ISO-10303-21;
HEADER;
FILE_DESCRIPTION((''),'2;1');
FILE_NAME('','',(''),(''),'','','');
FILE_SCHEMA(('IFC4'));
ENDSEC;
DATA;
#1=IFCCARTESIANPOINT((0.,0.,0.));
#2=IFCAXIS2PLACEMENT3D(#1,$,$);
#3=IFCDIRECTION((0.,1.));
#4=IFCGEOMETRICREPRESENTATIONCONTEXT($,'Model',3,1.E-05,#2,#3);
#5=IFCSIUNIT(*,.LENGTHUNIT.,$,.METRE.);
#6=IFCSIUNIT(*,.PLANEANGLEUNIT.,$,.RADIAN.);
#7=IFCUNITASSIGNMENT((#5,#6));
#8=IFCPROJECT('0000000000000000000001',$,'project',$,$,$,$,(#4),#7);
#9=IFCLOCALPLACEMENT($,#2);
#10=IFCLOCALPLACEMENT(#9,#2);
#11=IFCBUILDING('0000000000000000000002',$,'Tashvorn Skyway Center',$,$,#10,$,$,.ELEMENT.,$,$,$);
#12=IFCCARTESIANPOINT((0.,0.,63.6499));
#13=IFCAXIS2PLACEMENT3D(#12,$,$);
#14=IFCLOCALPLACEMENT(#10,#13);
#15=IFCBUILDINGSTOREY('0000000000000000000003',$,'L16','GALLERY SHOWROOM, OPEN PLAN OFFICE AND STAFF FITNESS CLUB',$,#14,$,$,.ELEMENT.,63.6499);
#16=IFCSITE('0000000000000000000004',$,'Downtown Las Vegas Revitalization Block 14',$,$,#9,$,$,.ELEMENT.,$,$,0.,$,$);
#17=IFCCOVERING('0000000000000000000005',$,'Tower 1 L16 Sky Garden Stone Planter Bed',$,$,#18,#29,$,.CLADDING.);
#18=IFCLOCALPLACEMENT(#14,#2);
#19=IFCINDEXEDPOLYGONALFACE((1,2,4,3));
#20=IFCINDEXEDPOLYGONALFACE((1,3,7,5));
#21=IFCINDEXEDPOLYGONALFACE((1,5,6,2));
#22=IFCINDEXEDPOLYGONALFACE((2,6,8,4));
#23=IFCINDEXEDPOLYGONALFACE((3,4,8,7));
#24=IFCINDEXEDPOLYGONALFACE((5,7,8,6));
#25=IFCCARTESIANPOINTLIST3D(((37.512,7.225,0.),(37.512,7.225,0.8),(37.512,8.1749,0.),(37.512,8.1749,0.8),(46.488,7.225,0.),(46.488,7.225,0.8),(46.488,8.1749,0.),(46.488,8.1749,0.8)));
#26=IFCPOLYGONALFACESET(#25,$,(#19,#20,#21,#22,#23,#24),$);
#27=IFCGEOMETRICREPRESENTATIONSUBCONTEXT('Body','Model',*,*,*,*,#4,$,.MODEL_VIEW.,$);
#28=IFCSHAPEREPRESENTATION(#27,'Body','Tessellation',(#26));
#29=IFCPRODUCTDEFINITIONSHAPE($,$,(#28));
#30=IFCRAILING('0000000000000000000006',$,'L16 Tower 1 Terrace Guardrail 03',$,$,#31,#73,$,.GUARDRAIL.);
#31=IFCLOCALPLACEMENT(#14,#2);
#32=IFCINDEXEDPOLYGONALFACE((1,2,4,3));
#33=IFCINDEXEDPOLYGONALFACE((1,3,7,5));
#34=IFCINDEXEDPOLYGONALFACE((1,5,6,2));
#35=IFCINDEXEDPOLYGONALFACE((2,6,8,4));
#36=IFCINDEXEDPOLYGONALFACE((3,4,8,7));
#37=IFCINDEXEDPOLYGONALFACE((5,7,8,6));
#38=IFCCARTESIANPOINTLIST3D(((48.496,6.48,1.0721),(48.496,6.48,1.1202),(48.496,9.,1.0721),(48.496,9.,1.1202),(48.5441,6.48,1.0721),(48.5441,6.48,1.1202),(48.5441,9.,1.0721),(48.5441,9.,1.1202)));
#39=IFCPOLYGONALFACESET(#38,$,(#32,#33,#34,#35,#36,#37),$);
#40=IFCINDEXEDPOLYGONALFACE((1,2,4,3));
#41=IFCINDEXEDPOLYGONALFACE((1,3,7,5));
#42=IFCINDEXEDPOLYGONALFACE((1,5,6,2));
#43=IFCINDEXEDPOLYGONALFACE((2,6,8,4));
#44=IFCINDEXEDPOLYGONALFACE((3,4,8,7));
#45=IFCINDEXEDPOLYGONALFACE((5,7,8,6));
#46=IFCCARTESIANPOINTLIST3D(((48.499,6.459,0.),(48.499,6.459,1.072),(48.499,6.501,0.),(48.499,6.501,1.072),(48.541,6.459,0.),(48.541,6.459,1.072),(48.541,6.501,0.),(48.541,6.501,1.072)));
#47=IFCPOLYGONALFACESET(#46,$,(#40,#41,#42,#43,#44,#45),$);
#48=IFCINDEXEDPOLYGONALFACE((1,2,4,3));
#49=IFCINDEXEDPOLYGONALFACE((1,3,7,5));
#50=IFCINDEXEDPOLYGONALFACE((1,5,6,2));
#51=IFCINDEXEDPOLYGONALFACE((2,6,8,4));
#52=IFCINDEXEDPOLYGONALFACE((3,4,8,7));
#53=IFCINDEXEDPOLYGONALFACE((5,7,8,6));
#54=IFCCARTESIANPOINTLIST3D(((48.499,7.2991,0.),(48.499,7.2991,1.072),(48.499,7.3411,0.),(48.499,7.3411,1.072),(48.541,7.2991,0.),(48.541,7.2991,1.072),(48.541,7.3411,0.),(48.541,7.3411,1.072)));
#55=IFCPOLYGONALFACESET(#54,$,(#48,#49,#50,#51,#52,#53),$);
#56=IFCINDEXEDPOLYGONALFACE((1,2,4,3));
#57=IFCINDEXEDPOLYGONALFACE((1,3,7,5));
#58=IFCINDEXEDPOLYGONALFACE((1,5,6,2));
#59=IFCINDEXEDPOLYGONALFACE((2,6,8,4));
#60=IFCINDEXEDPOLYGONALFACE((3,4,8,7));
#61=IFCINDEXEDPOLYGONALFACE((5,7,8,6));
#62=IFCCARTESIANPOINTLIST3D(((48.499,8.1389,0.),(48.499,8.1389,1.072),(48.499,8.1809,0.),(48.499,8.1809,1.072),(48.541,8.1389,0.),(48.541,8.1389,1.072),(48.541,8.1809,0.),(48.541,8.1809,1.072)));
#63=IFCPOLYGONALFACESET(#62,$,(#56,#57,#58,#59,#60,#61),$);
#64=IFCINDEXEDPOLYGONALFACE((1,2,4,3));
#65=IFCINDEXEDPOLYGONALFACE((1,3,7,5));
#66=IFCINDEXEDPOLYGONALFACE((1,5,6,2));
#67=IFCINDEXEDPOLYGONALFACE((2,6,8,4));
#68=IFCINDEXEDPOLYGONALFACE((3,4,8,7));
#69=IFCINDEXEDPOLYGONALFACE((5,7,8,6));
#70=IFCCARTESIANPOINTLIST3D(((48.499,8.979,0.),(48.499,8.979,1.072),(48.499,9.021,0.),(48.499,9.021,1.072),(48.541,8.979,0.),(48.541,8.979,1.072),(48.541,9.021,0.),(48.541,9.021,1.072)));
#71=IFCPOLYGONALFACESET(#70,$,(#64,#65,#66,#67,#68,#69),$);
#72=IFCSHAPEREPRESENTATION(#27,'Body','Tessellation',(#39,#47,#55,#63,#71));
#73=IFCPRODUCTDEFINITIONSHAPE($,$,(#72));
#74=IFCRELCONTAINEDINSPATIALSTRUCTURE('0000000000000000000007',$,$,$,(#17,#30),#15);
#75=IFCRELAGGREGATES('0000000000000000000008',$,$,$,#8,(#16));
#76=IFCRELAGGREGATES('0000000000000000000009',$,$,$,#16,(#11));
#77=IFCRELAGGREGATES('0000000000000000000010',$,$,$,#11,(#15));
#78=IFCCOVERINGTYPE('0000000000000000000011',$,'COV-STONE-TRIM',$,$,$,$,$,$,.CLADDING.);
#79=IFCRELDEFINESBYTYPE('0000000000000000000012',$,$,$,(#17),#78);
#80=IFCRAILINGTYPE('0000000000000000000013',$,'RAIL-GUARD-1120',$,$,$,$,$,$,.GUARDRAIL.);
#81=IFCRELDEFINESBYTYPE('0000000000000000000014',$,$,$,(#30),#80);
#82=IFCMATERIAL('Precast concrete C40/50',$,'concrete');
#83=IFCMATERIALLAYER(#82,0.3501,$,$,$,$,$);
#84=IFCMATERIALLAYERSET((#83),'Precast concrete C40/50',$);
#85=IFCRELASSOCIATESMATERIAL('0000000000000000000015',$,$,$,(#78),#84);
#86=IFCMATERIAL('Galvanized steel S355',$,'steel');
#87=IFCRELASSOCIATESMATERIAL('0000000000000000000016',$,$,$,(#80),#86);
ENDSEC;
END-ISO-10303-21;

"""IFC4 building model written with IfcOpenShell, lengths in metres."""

from ifc_helpers import new_model, si_unit, direction, frame, origin, origin_2d, place, context, subcontext, project, spatial, rectangle, extrude, material, layer, layer_set, type_object, element, save


model = new_model("IFC4")

# Units and contexts
model_context = context("Model", 3, precision=1e-05, world=origin(), true_north=direction((0.0, 1.0)))
body_context = subcontext(model_context, "Body", "Model", "MODEL_VIEW")
ifc_project = project(units=[si_unit("LENGTHUNIT", "METRE"), si_unit("PLANEANGLEUNIT", "RADIAN")], contexts=[model_context])

# Site, building, storey
site_placement = place(None, origin())
site = spatial("IfcSite", under=ifc_project, at=site_placement, Name="Downtown Las Vegas Revitalization Block 14", CompositionType="ELEMENT", RefElevation=0.0)
building_placement = place(site_placement, origin())
building = spatial("IfcBuilding", under=site, at=building_placement, Name="Tashvorn Skyway Center", CompositionType="ELEMENT")
storey_placement = place(building_placement, frame((0.0, 0.0, 63.6499)))
storey = spatial("IfcBuildingStorey", under=building, at=storey_placement, Name="L16", Description="GALLERY SHOWROOM, OPEN PLAN OFFICE AND STAFF FITNESS CLUB", CompositionType="ELEMENT", Elevation=63.6499)

# Shared definitions
ifc_material_1 = material(Name="Precast concrete C40/50", Category="concrete")

# Covering
ifc_layer_1 = layer(ifc_material_1, 0.3501)
ifc_layer_set_1 = layer_set([ifc_layer_1], Name="Precast concrete C40/50")
covering_type = type_object("IfcCoveringType", Name="COV-STONE-TRIM", PredefinedType="CLADDING", material=ifc_layer_set_1)
covering_1_placement = place(storey_placement, frame((42.0, 7.7, 0.0), z_axis=(0.0, 0.0, 1.0), x_axis=(-1.0, 0.0, 0.0)))
element("IfcCovering", 1, at=covering_1_placement, inside=storey, type_object=covering_type, Name="Tower 1 L16 Sky Garden Stone Planter Bed", PredefinedType="CLADDING", context=body_context, shape_type="SweptSolid", body=[
    extrude(rectangle(XDim=8.9761, YDim=0.95, at=origin_2d()), origin(), (0.0, 0.0, 1.0), 0.8),
])

# Railing
ifc_material_2 = material(Name="Galvanized steel S355", Category="steel")
railing_type = type_object("IfcRailingType", Name="RAIL-GUARD-1120", PredefinedType="GUARDRAIL", material=ifc_material_2)
railing_placement = place(storey_placement, frame((48.52, 6.48, 0.0)))
element("IfcRailing", 2, at=railing_placement, inside=storey, type_object=railing_type, Name="L16 Tower 1 Terrace Guardrail 03", PredefinedType="GUARDRAIL", context=body_context, shape_type="SweptSolid", body=[
    extrude(rectangle(XDim=0.0481, YDim=0.0481, at=origin_2d()), frame((0.0, 0.0, 1.0962), z_axis=(0.0, 1.0, 0.0), x_axis=(-1.0, 0.0, 0.0)), (0.0, 0.0, 1.0), 2.52),
    extrude(rectangle(XDim=0.042, YDim=0.042, at=origin_2d()), origin(), (0.0, 0.0, 1.0), 1.072),
    extrude(rectangle(XDim=0.042, YDim=0.042, at=origin_2d()), frame((0.0, 0.8401, 0.0)), (0.0, 0.0, 1.0), 1.072),
    extrude(rectangle(XDim=0.042, YDim=0.042, at=origin_2d()), frame((0.0, 1.6799, 0.0)), (0.0, 0.0, 1.0), 1.072),
    extrude(rectangle(XDim=0.042, YDim=0.042, at=origin_2d()), frame((0.0, 2.52, 0.0)), (0.0, 0.0, 1.0), 1.072),
])

save(model, "model.ifc")
